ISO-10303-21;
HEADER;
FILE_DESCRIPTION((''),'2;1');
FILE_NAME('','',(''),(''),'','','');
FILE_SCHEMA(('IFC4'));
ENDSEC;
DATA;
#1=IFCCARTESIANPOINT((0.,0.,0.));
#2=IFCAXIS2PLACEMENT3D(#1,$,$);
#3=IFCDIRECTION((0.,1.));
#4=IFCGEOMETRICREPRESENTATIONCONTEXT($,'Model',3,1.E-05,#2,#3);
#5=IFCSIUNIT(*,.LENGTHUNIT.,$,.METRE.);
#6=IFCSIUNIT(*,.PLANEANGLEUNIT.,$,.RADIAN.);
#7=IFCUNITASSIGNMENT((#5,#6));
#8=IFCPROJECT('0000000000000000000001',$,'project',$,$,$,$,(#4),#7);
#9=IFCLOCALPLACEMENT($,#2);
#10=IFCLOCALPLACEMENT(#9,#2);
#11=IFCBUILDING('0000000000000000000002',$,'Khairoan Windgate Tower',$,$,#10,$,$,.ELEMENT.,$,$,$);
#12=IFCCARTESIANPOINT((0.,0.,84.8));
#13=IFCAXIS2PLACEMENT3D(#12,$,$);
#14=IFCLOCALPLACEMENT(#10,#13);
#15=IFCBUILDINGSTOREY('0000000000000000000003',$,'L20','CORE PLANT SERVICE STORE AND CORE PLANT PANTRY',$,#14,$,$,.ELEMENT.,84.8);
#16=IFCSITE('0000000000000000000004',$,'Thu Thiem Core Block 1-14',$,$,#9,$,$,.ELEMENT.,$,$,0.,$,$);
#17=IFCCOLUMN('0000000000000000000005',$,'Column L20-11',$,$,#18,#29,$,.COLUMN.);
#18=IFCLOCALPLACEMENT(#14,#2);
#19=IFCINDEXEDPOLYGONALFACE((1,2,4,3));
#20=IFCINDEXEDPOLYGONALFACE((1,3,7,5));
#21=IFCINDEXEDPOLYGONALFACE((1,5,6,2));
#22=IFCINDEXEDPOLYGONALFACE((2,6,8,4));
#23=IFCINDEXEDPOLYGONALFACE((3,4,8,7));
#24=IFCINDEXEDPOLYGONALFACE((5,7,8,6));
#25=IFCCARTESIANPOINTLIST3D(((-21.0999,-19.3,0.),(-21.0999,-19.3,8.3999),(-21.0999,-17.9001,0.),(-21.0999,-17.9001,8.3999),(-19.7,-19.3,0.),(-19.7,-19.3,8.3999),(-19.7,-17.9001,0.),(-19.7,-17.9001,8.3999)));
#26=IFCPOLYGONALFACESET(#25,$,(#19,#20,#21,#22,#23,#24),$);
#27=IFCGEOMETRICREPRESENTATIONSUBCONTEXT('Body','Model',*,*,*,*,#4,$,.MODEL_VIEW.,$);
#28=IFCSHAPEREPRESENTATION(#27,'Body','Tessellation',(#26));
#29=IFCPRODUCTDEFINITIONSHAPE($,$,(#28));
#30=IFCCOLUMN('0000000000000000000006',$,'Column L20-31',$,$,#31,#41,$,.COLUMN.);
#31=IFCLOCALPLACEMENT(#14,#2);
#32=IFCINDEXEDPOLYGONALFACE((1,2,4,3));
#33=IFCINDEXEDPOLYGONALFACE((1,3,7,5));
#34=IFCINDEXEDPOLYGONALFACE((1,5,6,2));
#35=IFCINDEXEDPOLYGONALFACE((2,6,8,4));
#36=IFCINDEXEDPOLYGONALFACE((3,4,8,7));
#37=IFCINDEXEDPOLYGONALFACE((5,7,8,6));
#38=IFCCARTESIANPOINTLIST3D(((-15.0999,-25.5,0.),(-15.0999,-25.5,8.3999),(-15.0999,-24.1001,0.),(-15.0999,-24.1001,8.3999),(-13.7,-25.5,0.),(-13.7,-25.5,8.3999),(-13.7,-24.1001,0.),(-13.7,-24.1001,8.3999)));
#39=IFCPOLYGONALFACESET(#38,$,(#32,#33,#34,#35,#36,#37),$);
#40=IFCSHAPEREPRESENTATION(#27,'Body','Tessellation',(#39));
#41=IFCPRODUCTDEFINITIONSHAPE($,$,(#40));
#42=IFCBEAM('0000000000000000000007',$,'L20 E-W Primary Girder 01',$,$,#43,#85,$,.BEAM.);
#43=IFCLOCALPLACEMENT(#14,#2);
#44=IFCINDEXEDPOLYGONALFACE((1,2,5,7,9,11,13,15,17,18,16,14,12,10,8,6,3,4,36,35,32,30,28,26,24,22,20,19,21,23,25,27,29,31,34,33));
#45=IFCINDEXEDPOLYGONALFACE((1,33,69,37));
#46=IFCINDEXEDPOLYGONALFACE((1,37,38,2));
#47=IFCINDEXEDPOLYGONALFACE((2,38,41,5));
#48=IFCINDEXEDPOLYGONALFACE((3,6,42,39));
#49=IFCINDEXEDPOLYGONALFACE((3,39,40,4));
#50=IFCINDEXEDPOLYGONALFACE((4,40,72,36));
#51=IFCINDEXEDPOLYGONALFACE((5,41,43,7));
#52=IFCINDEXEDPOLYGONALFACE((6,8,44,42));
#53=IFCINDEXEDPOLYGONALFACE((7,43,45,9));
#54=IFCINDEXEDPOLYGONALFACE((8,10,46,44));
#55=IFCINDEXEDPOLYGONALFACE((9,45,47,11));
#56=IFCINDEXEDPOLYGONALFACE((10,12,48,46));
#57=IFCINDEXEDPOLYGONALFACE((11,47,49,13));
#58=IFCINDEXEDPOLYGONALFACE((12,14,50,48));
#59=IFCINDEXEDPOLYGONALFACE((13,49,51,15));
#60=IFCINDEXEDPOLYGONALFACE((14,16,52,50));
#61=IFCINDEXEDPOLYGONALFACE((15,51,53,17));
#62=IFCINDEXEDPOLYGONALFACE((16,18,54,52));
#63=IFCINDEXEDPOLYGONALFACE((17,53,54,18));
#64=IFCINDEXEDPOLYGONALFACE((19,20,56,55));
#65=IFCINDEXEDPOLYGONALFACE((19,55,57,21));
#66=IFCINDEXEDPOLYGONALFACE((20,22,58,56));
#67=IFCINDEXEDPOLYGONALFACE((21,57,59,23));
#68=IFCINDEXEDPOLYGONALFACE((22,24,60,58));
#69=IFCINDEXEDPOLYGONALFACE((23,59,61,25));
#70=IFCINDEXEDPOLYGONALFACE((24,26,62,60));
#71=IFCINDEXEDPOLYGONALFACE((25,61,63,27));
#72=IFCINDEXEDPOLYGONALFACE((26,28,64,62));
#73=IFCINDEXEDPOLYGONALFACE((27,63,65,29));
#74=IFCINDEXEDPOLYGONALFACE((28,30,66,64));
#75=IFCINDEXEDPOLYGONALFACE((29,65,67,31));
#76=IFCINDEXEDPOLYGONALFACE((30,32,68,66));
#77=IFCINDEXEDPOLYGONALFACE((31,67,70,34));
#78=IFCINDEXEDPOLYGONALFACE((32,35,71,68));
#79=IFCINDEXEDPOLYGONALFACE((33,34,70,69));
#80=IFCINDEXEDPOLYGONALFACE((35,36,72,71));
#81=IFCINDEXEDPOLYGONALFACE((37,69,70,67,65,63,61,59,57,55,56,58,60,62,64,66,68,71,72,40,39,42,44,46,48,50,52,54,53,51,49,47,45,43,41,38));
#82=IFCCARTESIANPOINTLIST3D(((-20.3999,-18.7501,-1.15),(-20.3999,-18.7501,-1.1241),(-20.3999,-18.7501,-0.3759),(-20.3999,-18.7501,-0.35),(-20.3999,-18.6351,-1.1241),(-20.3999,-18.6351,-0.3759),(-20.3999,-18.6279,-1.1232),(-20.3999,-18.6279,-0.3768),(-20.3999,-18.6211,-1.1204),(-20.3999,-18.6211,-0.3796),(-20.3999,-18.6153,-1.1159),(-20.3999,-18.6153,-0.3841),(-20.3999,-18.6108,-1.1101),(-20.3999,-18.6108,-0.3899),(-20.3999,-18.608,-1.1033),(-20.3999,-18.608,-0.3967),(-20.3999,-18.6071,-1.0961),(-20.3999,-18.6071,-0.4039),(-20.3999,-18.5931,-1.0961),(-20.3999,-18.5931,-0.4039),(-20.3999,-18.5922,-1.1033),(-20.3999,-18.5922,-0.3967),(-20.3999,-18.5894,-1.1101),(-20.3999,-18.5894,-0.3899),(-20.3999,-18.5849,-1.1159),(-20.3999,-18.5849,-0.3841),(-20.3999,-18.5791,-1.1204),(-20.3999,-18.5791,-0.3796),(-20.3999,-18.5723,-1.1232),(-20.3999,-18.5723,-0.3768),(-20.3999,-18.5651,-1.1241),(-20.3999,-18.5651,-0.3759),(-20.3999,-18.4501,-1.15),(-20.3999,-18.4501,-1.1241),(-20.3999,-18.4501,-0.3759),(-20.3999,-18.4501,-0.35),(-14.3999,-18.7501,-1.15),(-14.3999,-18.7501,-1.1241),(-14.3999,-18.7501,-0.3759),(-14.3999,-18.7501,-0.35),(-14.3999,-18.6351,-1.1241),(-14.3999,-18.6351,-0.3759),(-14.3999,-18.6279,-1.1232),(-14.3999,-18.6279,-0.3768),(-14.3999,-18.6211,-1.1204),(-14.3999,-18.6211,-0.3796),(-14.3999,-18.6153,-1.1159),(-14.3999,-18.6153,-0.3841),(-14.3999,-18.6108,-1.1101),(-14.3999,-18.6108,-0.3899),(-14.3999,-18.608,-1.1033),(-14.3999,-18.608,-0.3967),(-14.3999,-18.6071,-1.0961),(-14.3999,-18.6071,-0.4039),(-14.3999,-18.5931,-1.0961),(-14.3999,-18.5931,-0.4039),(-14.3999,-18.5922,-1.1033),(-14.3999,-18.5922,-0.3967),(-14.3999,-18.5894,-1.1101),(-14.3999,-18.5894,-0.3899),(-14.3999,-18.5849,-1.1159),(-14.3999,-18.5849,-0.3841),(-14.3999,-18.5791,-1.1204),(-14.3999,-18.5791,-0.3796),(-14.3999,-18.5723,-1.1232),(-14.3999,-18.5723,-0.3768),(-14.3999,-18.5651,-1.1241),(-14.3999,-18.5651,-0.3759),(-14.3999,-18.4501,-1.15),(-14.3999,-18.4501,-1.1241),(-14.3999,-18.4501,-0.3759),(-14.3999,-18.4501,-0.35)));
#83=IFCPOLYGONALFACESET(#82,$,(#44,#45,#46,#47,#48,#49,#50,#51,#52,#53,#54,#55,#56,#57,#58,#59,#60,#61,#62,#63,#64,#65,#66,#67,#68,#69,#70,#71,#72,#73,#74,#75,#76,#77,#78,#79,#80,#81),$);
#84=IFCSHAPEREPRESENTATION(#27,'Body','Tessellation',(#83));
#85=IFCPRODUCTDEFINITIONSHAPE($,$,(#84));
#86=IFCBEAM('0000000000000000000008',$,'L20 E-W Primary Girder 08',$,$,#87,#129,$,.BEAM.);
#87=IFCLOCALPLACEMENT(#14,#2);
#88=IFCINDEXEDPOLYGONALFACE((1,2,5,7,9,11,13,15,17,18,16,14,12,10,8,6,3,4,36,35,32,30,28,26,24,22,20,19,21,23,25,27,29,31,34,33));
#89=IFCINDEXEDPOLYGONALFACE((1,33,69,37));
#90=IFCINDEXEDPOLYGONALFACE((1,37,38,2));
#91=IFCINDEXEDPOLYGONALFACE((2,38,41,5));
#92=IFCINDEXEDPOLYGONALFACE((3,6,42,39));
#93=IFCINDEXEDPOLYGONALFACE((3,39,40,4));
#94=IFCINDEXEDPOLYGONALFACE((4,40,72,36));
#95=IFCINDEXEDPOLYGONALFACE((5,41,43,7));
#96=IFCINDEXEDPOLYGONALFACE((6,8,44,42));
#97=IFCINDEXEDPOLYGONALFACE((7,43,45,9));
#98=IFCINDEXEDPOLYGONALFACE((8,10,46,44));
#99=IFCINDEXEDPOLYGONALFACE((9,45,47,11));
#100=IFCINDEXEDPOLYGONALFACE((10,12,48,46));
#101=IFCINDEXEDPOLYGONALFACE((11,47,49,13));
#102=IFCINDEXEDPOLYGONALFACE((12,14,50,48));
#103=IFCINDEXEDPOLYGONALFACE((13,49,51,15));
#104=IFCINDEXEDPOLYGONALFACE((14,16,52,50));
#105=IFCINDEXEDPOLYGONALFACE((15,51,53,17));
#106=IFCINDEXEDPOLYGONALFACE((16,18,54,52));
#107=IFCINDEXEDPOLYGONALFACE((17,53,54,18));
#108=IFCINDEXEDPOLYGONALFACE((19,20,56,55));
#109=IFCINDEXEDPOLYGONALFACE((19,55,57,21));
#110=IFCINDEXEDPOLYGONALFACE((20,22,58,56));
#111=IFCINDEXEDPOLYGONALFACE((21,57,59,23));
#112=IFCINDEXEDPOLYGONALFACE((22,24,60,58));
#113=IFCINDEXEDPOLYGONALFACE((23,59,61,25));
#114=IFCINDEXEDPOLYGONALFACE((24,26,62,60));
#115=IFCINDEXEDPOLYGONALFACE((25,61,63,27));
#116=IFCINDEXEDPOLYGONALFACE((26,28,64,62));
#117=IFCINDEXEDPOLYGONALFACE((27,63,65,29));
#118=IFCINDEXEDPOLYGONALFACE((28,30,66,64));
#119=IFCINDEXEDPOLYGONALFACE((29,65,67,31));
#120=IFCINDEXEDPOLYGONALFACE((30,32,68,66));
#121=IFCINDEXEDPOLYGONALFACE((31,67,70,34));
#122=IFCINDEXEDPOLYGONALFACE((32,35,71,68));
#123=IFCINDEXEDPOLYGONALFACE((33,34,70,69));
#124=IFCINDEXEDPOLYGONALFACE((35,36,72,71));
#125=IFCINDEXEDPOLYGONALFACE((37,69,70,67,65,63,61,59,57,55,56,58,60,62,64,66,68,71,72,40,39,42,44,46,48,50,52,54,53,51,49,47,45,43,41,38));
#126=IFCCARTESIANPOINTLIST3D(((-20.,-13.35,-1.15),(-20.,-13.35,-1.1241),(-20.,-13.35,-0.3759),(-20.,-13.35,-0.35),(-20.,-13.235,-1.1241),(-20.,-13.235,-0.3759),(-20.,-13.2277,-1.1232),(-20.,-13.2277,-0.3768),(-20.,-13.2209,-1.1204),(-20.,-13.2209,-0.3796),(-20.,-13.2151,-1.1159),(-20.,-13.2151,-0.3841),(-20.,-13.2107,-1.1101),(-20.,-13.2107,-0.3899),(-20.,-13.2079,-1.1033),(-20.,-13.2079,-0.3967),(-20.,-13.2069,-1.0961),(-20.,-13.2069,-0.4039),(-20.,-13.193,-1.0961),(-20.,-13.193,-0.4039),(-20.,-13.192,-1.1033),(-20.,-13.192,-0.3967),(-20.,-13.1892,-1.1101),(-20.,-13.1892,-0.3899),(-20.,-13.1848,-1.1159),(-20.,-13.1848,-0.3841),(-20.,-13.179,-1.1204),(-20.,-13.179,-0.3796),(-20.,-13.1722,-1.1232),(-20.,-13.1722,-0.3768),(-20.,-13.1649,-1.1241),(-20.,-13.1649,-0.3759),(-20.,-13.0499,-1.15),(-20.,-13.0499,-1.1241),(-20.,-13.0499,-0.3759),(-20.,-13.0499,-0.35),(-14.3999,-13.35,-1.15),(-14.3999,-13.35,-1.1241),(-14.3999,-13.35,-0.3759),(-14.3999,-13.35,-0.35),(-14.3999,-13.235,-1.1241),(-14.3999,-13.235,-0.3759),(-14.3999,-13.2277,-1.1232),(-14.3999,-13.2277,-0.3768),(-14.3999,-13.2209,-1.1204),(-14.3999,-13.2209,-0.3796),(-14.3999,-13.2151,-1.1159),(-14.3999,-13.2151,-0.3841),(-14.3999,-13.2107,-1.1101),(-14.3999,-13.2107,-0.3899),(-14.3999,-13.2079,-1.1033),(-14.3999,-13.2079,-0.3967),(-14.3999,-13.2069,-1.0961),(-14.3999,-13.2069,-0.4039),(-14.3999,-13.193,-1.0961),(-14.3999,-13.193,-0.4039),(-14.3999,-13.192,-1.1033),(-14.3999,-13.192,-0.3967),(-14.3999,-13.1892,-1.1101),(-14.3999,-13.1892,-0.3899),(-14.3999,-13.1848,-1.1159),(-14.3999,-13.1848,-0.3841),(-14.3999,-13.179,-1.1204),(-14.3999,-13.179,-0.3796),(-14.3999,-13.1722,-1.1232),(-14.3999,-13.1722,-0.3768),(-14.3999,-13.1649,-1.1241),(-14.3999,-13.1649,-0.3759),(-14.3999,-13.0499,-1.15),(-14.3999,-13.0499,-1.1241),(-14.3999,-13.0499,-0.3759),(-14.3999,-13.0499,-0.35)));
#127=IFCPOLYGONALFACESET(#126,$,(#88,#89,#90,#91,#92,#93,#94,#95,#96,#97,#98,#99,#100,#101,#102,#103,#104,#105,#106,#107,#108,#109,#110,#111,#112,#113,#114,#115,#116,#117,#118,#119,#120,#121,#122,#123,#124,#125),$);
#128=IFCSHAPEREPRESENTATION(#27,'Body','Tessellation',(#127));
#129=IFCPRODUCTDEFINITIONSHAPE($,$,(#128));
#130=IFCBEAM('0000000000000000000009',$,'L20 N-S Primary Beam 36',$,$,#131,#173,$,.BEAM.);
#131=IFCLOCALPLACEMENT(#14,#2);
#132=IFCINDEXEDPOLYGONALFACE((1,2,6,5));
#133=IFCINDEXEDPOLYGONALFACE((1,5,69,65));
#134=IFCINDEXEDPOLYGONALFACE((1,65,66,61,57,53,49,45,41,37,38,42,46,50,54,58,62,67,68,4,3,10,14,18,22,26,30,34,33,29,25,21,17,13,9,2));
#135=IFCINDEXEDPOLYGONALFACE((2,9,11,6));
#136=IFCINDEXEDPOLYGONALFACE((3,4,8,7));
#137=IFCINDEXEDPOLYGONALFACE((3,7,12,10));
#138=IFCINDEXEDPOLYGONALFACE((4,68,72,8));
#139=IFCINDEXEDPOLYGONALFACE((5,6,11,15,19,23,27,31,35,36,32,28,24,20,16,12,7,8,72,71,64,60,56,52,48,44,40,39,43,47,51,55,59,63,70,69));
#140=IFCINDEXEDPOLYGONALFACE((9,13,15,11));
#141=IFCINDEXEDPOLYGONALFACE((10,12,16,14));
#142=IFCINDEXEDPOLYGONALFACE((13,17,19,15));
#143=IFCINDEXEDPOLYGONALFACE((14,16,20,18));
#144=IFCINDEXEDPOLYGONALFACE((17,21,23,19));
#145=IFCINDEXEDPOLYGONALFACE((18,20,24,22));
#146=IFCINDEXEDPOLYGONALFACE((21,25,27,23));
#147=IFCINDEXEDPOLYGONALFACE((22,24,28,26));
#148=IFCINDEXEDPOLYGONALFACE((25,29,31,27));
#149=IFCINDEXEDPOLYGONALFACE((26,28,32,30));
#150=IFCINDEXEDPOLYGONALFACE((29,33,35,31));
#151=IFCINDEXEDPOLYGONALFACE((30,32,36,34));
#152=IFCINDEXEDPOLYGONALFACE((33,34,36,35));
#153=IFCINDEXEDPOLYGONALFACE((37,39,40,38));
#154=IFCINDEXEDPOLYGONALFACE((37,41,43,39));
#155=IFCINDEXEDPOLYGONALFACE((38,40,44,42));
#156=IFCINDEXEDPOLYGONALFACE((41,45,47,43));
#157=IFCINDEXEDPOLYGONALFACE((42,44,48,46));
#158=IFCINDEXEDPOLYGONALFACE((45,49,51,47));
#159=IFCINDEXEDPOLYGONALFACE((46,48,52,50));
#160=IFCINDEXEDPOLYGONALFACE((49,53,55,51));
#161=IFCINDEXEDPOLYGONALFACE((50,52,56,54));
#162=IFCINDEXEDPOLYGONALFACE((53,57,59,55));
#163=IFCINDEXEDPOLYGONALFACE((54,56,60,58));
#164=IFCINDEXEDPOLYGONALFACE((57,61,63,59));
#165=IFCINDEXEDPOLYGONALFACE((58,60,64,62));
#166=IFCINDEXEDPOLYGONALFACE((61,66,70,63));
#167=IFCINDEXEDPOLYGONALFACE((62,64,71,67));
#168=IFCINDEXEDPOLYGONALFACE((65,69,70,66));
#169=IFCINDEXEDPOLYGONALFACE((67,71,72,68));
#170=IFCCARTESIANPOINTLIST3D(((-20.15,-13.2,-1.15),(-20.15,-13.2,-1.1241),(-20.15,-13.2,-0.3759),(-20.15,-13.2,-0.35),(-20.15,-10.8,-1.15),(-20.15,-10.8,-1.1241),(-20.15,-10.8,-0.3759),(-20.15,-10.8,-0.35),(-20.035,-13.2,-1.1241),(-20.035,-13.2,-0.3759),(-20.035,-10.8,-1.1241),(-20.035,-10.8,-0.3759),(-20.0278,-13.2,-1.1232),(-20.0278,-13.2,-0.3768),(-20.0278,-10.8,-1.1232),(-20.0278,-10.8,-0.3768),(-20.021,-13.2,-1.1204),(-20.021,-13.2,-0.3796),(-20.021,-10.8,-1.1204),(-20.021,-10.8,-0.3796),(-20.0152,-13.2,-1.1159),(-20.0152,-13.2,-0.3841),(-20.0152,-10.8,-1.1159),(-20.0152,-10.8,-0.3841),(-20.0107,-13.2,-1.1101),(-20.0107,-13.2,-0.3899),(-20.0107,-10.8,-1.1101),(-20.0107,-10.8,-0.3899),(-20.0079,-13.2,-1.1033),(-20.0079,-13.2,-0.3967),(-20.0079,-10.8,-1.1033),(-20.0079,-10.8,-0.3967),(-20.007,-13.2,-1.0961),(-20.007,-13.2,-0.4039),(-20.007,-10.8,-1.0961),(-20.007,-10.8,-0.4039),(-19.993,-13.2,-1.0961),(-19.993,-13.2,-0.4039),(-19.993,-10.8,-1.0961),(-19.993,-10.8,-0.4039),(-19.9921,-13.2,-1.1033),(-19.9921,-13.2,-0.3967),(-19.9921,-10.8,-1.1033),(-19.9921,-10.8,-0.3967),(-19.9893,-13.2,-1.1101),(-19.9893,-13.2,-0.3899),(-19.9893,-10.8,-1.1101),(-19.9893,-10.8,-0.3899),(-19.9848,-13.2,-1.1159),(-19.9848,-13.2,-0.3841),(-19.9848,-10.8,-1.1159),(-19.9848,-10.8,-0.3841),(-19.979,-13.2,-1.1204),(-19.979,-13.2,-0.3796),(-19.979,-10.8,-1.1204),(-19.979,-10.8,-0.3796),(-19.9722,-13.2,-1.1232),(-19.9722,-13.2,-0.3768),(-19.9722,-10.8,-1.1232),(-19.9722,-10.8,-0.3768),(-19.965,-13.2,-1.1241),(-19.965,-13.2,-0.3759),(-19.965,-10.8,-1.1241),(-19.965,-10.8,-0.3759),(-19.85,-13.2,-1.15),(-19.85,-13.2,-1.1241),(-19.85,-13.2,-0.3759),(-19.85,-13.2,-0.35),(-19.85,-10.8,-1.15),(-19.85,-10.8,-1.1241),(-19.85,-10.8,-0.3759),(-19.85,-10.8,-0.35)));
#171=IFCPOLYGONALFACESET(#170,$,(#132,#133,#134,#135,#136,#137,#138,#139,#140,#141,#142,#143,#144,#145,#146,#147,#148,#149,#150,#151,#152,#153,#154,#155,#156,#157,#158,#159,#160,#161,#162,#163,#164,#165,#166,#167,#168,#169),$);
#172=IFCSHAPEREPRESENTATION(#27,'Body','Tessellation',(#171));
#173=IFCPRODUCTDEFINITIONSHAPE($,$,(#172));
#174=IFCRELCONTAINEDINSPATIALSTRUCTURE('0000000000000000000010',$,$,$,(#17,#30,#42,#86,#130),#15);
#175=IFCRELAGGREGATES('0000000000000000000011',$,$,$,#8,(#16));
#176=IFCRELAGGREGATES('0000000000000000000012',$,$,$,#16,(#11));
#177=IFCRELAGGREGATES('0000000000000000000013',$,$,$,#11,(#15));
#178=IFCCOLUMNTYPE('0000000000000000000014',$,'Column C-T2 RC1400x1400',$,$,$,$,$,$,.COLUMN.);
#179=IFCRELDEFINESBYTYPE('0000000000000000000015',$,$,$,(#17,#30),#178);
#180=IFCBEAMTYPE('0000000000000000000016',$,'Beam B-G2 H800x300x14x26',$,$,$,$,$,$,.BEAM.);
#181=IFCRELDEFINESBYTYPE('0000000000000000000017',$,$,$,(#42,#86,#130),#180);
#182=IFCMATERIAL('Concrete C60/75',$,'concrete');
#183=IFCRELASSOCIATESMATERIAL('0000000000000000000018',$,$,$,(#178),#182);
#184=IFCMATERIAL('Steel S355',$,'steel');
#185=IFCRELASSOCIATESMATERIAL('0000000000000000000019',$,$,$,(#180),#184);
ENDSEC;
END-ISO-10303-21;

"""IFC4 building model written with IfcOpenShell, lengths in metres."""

from ifc_helpers import new_model, si_unit, direction, frame, origin, origin_2d, place, context, subcontext, project, spatial, rectangle, i_section, extrude, material, material_profile, profile_set, type_object, element, save


model = new_model("IFC4")

# Units and contexts
model_context = context("Model", 3, precision=1e-05, world=origin(), true_north=direction((0.0, 1.0)))
body_context = subcontext(model_context, "Body", "Model", "MODEL_VIEW")
ifc_project = project(units=[si_unit("LENGTHUNIT", "METRE"), si_unit("PLANEANGLEUNIT", "RADIAN")], contexts=[model_context])

# Site, building, storey
site_placement = place(None, origin())
site = spatial("IfcSite", under=ifc_project, at=site_placement, Name="Thu Thiem Core Block 1-14", CompositionType="ELEMENT", RefElevation=0.0)
building_placement = place(site_placement, origin())
building = spatial("IfcBuilding", under=site, at=building_placement, Name="Khairoan Windgate Tower", CompositionType="ELEMENT")
storey_placement = place(building_placement, frame((0.0, 0.0, 84.8)))
storey = spatial("IfcBuildingStorey", under=building, at=storey_placement, Name="L20", Description="CORE PLANT SERVICE STORE AND CORE PLANT PANTRY", CompositionType="ELEMENT", Elevation=84.8)

# Columns
ifc_material_1 = material(Name="Concrete C60/75", Category="concrete")
ifc_material_profile_1 = material_profile(ifc_material_1, rectangle(XDim=1.3999, YDim=1.3999, at=origin_2d()))
ifc_profile_set_1 = profile_set([ifc_material_profile_1], Name="Concrete C60/75")
column_type = type_object("IfcColumnType", Name="Column C-T2 RC1400x1400", PredefinedType="COLUMN", material=ifc_profile_set_1)
for number, where, z_axis, x_axis, name in (
    (1, (-20.3999, -18.6001, 0.0), (0.0, 0.0, 1.0), (1.0, 0.0, 0.0), "Column L20-11"),
    (2, (-14.3999, -24.8, 0.0), (0.0, 0.0, 1.0), (1.0, 0.0, 0.0), "Column L20-31"),
):
    element("IfcColumn", number, at=place(storey_placement, frame(where, z_axis=z_axis, x_axis=x_axis)), inside=storey, type_object=column_type, Name=name, PredefinedType="COLUMN", context=body_context, shape_type="SweptSolid", body=[
        extrude(rectangle(XDim=1.3999, YDim=1.3999, at=origin_2d()), origin(), (0.0, 0.0, 1.0), 8.3999),
    ])

# Beams
ifc_material_2 = material(Name="Steel S355", Category="steel")
ifc_material_profile_2 = material_profile(ifc_material_2, i_section(OverallWidth=0.3, OverallDepth=0.8, WebThickness=0.0139, FlangeThickness=0.0259, FilletRadius=0.0281, at=origin_2d()))
ifc_profile_set_2 = profile_set([ifc_material_profile_2], Name="Steel S355")
beam_type_1 = type_object("IfcBeamType", Name="Beam B-G2 H800x300x14x26", PredefinedType="BEAM", material=ifc_profile_set_2)
beam_1_placement = place(storey_placement, frame((-20.3999, -18.6001, -0.75), z_axis=(1.0, 0.0, 0.0), x_axis=(0.0, 1.0, 0.0)))
element("IfcBeam", 3, at=beam_1_placement, inside=storey, type_object=beam_type_1, Name="L20 E-W Primary Girder 01", PredefinedType="BEAM", context=body_context, shape_type="SweptSolid", body=[
    extrude(i_section(OverallWidth=0.3, OverallDepth=0.8, WebThickness=0.0139, FlangeThickness=0.0259, FilletRadius=0.0281, at=origin_2d()), origin(), (0.0, 0.0, 1.0), 6.0),
])
beam_2_placement = place(storey_placement, frame((-20.0, -13.2, -0.75), z_axis=(1.0, 0.0, 0.0), x_axis=(0.0, 1.0, 0.0)))
element("IfcBeam", 4, at=beam_2_placement, inside=storey, type_object=beam_type_1, Name="L20 E-W Primary Girder 08", PredefinedType="BEAM", context=body_context, shape_type="SweptSolid", body=[
    extrude(i_section(OverallWidth=0.3, OverallDepth=0.8, WebThickness=0.0139, FlangeThickness=0.0259, FilletRadius=0.0281, at=origin_2d()), origin(), (0.0, 0.0, 1.0), 5.6001),
])
beam_3_placement = place(storey_placement, frame((-20.0, -13.2, -0.75), z_axis=(0.0, 1.0, 0.0), x_axis=(-1.0, 0.0, 0.0)))
element("IfcBeam", 5, at=beam_3_placement, inside=storey, type_object=beam_type_1, Name="L20 N-S Primary Beam 36", PredefinedType="BEAM", context=body_context, shape_type="SweptSolid", body=[
    extrude(i_section(OverallWidth=0.3, OverallDepth=0.8, WebThickness=0.0139, FlangeThickness=0.0259, FilletRadius=0.0281, at=origin_2d()), origin(), (0.0, 0.0, 1.0), 2.3999),
])

save(model, "model.ifc")
